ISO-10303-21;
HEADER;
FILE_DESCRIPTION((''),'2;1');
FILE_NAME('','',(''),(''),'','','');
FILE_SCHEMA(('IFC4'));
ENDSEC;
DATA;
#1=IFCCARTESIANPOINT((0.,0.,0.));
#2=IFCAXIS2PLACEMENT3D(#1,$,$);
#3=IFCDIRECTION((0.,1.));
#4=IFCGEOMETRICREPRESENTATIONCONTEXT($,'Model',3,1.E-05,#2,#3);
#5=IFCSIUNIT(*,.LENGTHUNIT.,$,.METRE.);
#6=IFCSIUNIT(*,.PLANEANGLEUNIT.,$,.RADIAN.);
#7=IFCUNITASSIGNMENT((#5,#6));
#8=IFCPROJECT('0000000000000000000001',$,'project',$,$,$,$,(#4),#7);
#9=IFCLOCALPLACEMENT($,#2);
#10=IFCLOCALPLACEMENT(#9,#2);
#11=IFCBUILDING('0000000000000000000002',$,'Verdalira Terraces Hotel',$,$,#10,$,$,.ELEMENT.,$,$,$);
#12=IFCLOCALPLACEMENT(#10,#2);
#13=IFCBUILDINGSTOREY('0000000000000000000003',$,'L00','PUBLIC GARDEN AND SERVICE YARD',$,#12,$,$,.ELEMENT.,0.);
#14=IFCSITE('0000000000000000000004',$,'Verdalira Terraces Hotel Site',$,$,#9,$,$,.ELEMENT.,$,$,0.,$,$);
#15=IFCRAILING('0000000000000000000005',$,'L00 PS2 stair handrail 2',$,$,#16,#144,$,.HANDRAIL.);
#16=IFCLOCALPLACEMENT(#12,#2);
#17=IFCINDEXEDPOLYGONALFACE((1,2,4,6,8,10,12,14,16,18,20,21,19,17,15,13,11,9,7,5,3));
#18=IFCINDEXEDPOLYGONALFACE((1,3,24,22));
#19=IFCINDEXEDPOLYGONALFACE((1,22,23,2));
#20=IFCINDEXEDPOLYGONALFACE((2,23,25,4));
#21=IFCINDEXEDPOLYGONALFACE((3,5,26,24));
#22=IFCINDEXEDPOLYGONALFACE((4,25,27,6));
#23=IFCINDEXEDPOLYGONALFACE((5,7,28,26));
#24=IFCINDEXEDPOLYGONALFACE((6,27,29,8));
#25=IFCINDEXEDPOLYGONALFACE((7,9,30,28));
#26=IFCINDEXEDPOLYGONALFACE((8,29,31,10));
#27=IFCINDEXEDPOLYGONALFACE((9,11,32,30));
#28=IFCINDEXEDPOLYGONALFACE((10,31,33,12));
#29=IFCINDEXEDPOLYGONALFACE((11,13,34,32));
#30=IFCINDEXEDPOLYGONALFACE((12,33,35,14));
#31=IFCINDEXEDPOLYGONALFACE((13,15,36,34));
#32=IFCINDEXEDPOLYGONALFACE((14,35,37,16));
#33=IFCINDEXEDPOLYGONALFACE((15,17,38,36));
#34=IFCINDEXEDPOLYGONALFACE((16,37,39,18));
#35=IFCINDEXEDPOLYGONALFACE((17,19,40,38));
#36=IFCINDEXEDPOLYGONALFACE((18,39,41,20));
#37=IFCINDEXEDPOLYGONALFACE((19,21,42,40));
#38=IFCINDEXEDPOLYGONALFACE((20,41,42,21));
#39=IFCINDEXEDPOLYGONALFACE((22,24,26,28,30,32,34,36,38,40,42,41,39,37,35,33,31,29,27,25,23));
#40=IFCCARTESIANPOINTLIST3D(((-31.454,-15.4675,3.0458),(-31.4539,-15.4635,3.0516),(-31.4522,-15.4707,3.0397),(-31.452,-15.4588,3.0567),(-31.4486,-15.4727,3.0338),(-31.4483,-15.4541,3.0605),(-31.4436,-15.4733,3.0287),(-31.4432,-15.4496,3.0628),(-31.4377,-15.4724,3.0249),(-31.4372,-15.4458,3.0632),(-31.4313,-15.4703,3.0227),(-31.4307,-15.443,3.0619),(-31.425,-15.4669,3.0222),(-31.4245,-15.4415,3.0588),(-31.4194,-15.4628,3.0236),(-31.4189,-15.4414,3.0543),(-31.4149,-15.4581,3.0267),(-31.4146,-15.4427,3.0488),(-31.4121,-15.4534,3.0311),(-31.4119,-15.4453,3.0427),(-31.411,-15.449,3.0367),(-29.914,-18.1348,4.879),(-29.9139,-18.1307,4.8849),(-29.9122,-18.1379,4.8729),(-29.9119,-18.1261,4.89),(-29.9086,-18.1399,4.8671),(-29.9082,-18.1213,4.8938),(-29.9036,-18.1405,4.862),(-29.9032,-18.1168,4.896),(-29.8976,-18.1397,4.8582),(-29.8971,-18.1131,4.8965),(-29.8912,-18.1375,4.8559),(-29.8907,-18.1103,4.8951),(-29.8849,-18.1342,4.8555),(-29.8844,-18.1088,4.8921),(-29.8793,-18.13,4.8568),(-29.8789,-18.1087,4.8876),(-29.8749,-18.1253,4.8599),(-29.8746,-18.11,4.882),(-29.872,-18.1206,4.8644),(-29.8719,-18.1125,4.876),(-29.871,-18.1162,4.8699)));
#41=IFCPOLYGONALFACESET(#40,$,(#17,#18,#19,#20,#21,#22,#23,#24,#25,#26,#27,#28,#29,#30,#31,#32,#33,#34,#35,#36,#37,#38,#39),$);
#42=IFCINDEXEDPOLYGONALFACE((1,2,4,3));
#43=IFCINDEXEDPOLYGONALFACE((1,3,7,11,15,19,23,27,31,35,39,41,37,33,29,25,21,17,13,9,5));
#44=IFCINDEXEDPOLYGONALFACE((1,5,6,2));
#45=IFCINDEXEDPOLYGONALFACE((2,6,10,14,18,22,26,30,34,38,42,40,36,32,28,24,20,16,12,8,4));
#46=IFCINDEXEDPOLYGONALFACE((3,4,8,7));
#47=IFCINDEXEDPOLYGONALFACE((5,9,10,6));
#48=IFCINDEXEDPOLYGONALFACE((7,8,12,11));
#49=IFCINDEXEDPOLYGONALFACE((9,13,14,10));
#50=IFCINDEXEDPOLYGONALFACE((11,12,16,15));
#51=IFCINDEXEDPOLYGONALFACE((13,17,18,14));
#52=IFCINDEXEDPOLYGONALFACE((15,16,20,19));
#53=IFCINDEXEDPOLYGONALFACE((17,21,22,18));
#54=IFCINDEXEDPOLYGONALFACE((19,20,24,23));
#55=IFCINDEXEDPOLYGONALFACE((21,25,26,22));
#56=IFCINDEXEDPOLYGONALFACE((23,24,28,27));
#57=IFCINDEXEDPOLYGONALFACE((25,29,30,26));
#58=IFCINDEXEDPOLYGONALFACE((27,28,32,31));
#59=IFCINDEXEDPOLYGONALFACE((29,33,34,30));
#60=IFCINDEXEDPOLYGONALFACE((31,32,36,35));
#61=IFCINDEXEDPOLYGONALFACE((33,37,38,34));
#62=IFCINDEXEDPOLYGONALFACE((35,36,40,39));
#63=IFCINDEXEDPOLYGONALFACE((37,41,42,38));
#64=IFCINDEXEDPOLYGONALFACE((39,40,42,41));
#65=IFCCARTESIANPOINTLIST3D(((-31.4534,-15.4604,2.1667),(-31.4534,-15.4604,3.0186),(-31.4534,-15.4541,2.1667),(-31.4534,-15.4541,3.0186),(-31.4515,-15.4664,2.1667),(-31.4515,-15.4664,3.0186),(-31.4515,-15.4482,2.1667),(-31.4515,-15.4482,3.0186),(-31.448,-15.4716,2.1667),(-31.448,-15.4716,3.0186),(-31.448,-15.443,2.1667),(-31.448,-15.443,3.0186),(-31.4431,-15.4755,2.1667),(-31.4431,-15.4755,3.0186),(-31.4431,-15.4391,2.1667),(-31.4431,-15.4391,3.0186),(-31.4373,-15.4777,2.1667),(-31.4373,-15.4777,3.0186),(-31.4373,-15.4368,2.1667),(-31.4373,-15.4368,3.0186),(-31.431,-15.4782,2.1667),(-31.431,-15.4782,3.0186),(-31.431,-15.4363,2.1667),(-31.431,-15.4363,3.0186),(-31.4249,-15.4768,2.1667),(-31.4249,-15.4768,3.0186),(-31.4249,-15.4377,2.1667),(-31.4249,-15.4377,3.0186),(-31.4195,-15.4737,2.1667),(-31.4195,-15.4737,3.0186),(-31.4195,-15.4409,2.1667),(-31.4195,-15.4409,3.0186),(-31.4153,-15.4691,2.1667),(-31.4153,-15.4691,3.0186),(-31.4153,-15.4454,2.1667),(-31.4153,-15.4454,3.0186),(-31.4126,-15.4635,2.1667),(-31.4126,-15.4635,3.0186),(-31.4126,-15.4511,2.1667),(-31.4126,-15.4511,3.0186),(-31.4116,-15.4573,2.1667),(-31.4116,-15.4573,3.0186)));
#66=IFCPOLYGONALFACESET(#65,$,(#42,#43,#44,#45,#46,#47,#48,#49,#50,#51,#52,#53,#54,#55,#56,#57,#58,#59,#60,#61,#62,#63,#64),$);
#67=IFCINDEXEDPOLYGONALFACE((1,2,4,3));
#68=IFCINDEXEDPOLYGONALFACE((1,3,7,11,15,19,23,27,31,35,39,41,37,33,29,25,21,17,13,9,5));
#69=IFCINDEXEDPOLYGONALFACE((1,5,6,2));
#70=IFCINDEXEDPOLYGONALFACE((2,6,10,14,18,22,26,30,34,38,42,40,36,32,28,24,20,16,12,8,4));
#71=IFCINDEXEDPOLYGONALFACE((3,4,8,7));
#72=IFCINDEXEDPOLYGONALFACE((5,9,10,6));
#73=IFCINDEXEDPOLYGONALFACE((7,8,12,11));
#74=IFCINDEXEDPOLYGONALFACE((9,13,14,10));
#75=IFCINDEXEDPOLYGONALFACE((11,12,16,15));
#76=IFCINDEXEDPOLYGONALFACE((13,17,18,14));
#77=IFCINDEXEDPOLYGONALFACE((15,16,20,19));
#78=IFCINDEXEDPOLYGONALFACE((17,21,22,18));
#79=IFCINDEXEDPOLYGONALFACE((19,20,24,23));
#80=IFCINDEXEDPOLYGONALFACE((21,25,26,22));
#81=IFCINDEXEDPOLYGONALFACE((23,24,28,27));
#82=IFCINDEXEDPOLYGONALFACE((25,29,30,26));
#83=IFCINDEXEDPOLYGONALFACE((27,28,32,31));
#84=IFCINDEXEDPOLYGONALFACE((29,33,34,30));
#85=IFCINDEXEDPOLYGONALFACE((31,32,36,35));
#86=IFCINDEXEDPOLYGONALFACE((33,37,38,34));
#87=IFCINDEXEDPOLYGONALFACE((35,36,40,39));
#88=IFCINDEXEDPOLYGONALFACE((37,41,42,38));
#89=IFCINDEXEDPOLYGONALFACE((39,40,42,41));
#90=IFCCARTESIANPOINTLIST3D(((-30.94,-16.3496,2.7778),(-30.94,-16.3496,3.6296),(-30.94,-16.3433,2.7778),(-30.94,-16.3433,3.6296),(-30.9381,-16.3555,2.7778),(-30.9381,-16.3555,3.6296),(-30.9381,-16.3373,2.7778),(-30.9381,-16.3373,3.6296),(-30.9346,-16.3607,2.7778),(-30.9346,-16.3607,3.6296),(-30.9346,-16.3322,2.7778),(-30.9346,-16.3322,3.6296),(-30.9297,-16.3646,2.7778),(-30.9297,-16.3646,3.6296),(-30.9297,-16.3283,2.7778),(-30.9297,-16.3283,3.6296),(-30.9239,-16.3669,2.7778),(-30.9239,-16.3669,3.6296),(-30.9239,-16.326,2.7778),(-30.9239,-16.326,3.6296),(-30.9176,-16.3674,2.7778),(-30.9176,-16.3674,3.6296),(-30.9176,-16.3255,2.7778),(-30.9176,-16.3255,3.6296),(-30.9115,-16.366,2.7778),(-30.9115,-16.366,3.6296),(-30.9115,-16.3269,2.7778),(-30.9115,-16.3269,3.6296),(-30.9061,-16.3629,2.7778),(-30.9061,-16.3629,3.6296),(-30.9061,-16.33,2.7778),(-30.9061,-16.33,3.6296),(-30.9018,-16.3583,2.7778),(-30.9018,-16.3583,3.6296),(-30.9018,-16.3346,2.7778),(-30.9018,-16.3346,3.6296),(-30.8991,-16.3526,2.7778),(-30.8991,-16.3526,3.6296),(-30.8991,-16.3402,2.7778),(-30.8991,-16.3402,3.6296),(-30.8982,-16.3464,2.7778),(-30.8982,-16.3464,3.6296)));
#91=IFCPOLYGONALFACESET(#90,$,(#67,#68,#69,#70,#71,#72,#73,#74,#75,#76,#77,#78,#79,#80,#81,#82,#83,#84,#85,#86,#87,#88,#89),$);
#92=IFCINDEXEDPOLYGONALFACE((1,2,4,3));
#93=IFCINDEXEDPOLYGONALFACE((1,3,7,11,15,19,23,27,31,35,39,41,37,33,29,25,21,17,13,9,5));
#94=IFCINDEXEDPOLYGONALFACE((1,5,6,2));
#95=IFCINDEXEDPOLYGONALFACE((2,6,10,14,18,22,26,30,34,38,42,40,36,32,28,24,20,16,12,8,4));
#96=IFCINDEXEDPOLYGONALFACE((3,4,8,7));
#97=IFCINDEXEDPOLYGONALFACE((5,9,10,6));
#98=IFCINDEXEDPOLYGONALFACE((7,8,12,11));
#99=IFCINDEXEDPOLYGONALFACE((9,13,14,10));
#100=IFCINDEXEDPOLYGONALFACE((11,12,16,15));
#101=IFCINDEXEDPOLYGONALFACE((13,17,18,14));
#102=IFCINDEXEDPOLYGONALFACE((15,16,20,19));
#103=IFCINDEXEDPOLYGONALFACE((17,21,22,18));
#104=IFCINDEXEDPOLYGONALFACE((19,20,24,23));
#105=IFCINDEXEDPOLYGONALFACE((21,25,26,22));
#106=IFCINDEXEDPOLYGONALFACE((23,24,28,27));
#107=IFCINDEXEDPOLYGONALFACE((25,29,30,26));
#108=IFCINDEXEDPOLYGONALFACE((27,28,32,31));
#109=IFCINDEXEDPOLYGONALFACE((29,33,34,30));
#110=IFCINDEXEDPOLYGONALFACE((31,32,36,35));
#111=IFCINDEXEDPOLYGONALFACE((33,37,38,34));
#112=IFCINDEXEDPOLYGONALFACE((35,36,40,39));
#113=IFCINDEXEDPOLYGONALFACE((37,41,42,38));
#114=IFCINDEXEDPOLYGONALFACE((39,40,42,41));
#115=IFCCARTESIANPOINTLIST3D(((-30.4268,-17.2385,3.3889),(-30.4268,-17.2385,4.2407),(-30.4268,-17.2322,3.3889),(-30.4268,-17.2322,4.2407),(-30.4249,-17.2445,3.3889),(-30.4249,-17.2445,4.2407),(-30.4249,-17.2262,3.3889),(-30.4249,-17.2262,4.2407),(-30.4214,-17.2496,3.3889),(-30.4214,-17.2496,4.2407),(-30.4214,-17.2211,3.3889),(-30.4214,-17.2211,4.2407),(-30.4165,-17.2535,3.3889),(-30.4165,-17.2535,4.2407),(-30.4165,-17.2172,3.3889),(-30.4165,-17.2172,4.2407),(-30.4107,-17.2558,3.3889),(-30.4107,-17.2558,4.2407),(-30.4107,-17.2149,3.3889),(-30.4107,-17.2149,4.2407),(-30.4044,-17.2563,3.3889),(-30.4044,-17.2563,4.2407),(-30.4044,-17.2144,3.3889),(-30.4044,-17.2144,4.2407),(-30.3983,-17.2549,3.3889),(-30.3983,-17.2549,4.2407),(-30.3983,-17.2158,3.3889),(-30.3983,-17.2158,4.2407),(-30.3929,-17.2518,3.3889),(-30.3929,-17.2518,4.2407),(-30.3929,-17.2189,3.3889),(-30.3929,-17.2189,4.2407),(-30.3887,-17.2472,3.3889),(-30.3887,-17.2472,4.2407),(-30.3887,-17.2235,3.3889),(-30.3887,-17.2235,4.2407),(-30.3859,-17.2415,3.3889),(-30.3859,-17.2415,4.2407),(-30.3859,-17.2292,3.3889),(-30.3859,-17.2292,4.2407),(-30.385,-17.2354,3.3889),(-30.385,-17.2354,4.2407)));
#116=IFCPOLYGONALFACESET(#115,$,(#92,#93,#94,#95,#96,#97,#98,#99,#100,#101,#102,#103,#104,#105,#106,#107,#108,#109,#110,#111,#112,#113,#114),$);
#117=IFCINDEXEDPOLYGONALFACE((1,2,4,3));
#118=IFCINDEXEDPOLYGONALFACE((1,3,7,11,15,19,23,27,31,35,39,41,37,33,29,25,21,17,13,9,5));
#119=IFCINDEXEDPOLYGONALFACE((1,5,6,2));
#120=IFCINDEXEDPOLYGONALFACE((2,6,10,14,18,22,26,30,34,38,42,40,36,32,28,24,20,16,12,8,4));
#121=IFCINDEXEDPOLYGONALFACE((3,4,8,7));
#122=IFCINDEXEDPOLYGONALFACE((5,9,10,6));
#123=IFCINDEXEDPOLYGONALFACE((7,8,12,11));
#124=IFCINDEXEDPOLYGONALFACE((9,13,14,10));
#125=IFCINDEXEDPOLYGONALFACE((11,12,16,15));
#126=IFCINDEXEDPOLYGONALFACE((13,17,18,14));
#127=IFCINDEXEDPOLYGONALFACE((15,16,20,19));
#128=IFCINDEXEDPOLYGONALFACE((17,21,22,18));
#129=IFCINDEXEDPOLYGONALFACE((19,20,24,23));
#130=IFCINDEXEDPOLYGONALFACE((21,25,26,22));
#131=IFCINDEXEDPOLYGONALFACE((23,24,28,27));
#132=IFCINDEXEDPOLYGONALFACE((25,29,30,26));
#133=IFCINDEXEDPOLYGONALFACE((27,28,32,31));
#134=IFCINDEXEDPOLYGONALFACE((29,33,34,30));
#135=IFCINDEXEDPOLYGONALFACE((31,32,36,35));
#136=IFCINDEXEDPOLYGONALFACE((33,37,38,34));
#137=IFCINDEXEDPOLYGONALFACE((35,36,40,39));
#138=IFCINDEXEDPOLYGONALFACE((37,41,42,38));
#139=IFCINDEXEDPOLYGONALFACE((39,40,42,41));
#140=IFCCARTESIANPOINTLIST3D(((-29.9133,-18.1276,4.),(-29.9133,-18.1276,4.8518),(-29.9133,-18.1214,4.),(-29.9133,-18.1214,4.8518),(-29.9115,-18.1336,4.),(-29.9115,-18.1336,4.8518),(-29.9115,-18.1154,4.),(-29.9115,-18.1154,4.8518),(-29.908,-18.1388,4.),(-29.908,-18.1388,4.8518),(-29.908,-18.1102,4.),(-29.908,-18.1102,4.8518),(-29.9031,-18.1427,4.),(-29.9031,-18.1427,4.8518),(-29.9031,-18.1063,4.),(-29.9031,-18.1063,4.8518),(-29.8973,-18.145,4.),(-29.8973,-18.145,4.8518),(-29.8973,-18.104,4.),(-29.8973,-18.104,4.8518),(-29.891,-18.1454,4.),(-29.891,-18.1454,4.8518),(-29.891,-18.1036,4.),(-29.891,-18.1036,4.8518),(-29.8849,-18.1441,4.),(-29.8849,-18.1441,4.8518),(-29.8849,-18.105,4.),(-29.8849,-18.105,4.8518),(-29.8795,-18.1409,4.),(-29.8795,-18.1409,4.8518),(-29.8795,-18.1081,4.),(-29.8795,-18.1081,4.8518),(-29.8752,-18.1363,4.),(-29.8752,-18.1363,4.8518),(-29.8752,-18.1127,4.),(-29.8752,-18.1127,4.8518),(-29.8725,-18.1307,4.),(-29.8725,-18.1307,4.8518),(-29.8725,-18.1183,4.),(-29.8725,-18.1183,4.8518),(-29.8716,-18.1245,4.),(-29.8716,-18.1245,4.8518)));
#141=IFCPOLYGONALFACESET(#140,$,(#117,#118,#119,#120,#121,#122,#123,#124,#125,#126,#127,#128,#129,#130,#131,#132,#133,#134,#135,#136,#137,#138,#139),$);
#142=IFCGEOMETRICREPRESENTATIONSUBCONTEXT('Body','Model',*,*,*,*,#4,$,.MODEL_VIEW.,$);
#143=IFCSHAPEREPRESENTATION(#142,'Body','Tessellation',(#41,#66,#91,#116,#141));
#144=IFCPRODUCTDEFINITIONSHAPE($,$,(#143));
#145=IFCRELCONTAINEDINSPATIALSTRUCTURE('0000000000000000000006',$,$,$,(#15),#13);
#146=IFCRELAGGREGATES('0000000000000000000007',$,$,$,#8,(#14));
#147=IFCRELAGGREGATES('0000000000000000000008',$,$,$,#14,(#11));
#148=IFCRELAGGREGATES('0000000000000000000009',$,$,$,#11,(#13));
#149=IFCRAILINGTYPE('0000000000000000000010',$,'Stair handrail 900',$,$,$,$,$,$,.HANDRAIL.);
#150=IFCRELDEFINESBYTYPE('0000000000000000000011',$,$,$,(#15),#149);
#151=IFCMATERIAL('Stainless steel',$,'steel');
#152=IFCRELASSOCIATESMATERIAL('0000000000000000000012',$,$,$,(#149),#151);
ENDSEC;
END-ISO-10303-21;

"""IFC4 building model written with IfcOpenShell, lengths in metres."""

from ifc_helpers import new_model, si_unit, direction, frame, origin, origin_2d, place, context, subcontext, project, spatial, circle, extrude, material, type_object, element, save


model = new_model("IFC4")

# Units and contexts
model_context = context("Model", 3, precision=1e-05, world=origin(), true_north=direction((0.0, 1.0)))
body_context = subcontext(model_context, "Body", "Model", "MODEL_VIEW")
ifc_project = project(units=[si_unit("LENGTHUNIT", "METRE"), si_unit("PLANEANGLEUNIT", "RADIAN")], contexts=[model_context])

# Site, building, storey
site_placement = place(None, origin())
site = spatial("IfcSite", under=ifc_project, at=site_placement, Name="Verdalira Terraces Hotel Site", CompositionType="ELEMENT", RefElevation=0.0)
building_placement = place(site_placement, origin())
building = spatial("IfcBuilding", under=site, at=building_placement, Name="Verdalira Terraces Hotel", CompositionType="ELEMENT")
storey_placement = place(building_placement, origin())
storey = spatial("IfcBuildingStorey", under=building, at=storey_placement, Name="L00", Description="PUBLIC GARDEN AND SERVICE YARD", CompositionType="ELEMENT", Elevation=0.0)

# Railing
ifc_material_1 = material(Name="Stainless steel", Category="steel")
railing_type = type_object("IfcRailingType", Name="Stair handrail 900", PredefinedType="HANDRAIL", material=ifc_material_1)
for number, where, name in (
    (1, (-31.4326, -15.4573, 2.1667), "L00 PS2 stair handrail 2"),
):
    element("IfcRailing", number, at=place(storey_placement, frame(where)), inside=storey, type_object=railing_type, Name=name, PredefinedType="HANDRAIL", context=body_context, shape_type="SweptSolid", body=[
        extrude(circle(Radius=0.0239, at=origin_2d()), frame((0.0, 0.0, 0.876), z_axis=(0.429671, -0.744159, 0.511478), x_axis=(0.86601, 0.500027, 0.0)), (0.0, 0.0, 1.0), 3.5842),
        extrude(circle(Radius=0.021, at=origin_2d()), origin(), (0.0, 0.0, 1.0), 0.8518),
        extrude(circle(Radius=0.021, at=origin_2d()), frame((0.5134, -0.8892, 0.6111)), (0.0, 0.0, 1.0), 0.8518),
        extrude(circle(Radius=0.021, at=origin_2d()), frame((1.0266, -1.7781, 1.2222)), (0.0, 0.0, 1.0), 0.8518),
        extrude(circle(Radius=0.021, at=origin_2d()), frame((1.54, -2.6672, 1.8333)), (0.0, 0.0, 1.0), 0.8518),
    ])

save(model, "model.ifc")
